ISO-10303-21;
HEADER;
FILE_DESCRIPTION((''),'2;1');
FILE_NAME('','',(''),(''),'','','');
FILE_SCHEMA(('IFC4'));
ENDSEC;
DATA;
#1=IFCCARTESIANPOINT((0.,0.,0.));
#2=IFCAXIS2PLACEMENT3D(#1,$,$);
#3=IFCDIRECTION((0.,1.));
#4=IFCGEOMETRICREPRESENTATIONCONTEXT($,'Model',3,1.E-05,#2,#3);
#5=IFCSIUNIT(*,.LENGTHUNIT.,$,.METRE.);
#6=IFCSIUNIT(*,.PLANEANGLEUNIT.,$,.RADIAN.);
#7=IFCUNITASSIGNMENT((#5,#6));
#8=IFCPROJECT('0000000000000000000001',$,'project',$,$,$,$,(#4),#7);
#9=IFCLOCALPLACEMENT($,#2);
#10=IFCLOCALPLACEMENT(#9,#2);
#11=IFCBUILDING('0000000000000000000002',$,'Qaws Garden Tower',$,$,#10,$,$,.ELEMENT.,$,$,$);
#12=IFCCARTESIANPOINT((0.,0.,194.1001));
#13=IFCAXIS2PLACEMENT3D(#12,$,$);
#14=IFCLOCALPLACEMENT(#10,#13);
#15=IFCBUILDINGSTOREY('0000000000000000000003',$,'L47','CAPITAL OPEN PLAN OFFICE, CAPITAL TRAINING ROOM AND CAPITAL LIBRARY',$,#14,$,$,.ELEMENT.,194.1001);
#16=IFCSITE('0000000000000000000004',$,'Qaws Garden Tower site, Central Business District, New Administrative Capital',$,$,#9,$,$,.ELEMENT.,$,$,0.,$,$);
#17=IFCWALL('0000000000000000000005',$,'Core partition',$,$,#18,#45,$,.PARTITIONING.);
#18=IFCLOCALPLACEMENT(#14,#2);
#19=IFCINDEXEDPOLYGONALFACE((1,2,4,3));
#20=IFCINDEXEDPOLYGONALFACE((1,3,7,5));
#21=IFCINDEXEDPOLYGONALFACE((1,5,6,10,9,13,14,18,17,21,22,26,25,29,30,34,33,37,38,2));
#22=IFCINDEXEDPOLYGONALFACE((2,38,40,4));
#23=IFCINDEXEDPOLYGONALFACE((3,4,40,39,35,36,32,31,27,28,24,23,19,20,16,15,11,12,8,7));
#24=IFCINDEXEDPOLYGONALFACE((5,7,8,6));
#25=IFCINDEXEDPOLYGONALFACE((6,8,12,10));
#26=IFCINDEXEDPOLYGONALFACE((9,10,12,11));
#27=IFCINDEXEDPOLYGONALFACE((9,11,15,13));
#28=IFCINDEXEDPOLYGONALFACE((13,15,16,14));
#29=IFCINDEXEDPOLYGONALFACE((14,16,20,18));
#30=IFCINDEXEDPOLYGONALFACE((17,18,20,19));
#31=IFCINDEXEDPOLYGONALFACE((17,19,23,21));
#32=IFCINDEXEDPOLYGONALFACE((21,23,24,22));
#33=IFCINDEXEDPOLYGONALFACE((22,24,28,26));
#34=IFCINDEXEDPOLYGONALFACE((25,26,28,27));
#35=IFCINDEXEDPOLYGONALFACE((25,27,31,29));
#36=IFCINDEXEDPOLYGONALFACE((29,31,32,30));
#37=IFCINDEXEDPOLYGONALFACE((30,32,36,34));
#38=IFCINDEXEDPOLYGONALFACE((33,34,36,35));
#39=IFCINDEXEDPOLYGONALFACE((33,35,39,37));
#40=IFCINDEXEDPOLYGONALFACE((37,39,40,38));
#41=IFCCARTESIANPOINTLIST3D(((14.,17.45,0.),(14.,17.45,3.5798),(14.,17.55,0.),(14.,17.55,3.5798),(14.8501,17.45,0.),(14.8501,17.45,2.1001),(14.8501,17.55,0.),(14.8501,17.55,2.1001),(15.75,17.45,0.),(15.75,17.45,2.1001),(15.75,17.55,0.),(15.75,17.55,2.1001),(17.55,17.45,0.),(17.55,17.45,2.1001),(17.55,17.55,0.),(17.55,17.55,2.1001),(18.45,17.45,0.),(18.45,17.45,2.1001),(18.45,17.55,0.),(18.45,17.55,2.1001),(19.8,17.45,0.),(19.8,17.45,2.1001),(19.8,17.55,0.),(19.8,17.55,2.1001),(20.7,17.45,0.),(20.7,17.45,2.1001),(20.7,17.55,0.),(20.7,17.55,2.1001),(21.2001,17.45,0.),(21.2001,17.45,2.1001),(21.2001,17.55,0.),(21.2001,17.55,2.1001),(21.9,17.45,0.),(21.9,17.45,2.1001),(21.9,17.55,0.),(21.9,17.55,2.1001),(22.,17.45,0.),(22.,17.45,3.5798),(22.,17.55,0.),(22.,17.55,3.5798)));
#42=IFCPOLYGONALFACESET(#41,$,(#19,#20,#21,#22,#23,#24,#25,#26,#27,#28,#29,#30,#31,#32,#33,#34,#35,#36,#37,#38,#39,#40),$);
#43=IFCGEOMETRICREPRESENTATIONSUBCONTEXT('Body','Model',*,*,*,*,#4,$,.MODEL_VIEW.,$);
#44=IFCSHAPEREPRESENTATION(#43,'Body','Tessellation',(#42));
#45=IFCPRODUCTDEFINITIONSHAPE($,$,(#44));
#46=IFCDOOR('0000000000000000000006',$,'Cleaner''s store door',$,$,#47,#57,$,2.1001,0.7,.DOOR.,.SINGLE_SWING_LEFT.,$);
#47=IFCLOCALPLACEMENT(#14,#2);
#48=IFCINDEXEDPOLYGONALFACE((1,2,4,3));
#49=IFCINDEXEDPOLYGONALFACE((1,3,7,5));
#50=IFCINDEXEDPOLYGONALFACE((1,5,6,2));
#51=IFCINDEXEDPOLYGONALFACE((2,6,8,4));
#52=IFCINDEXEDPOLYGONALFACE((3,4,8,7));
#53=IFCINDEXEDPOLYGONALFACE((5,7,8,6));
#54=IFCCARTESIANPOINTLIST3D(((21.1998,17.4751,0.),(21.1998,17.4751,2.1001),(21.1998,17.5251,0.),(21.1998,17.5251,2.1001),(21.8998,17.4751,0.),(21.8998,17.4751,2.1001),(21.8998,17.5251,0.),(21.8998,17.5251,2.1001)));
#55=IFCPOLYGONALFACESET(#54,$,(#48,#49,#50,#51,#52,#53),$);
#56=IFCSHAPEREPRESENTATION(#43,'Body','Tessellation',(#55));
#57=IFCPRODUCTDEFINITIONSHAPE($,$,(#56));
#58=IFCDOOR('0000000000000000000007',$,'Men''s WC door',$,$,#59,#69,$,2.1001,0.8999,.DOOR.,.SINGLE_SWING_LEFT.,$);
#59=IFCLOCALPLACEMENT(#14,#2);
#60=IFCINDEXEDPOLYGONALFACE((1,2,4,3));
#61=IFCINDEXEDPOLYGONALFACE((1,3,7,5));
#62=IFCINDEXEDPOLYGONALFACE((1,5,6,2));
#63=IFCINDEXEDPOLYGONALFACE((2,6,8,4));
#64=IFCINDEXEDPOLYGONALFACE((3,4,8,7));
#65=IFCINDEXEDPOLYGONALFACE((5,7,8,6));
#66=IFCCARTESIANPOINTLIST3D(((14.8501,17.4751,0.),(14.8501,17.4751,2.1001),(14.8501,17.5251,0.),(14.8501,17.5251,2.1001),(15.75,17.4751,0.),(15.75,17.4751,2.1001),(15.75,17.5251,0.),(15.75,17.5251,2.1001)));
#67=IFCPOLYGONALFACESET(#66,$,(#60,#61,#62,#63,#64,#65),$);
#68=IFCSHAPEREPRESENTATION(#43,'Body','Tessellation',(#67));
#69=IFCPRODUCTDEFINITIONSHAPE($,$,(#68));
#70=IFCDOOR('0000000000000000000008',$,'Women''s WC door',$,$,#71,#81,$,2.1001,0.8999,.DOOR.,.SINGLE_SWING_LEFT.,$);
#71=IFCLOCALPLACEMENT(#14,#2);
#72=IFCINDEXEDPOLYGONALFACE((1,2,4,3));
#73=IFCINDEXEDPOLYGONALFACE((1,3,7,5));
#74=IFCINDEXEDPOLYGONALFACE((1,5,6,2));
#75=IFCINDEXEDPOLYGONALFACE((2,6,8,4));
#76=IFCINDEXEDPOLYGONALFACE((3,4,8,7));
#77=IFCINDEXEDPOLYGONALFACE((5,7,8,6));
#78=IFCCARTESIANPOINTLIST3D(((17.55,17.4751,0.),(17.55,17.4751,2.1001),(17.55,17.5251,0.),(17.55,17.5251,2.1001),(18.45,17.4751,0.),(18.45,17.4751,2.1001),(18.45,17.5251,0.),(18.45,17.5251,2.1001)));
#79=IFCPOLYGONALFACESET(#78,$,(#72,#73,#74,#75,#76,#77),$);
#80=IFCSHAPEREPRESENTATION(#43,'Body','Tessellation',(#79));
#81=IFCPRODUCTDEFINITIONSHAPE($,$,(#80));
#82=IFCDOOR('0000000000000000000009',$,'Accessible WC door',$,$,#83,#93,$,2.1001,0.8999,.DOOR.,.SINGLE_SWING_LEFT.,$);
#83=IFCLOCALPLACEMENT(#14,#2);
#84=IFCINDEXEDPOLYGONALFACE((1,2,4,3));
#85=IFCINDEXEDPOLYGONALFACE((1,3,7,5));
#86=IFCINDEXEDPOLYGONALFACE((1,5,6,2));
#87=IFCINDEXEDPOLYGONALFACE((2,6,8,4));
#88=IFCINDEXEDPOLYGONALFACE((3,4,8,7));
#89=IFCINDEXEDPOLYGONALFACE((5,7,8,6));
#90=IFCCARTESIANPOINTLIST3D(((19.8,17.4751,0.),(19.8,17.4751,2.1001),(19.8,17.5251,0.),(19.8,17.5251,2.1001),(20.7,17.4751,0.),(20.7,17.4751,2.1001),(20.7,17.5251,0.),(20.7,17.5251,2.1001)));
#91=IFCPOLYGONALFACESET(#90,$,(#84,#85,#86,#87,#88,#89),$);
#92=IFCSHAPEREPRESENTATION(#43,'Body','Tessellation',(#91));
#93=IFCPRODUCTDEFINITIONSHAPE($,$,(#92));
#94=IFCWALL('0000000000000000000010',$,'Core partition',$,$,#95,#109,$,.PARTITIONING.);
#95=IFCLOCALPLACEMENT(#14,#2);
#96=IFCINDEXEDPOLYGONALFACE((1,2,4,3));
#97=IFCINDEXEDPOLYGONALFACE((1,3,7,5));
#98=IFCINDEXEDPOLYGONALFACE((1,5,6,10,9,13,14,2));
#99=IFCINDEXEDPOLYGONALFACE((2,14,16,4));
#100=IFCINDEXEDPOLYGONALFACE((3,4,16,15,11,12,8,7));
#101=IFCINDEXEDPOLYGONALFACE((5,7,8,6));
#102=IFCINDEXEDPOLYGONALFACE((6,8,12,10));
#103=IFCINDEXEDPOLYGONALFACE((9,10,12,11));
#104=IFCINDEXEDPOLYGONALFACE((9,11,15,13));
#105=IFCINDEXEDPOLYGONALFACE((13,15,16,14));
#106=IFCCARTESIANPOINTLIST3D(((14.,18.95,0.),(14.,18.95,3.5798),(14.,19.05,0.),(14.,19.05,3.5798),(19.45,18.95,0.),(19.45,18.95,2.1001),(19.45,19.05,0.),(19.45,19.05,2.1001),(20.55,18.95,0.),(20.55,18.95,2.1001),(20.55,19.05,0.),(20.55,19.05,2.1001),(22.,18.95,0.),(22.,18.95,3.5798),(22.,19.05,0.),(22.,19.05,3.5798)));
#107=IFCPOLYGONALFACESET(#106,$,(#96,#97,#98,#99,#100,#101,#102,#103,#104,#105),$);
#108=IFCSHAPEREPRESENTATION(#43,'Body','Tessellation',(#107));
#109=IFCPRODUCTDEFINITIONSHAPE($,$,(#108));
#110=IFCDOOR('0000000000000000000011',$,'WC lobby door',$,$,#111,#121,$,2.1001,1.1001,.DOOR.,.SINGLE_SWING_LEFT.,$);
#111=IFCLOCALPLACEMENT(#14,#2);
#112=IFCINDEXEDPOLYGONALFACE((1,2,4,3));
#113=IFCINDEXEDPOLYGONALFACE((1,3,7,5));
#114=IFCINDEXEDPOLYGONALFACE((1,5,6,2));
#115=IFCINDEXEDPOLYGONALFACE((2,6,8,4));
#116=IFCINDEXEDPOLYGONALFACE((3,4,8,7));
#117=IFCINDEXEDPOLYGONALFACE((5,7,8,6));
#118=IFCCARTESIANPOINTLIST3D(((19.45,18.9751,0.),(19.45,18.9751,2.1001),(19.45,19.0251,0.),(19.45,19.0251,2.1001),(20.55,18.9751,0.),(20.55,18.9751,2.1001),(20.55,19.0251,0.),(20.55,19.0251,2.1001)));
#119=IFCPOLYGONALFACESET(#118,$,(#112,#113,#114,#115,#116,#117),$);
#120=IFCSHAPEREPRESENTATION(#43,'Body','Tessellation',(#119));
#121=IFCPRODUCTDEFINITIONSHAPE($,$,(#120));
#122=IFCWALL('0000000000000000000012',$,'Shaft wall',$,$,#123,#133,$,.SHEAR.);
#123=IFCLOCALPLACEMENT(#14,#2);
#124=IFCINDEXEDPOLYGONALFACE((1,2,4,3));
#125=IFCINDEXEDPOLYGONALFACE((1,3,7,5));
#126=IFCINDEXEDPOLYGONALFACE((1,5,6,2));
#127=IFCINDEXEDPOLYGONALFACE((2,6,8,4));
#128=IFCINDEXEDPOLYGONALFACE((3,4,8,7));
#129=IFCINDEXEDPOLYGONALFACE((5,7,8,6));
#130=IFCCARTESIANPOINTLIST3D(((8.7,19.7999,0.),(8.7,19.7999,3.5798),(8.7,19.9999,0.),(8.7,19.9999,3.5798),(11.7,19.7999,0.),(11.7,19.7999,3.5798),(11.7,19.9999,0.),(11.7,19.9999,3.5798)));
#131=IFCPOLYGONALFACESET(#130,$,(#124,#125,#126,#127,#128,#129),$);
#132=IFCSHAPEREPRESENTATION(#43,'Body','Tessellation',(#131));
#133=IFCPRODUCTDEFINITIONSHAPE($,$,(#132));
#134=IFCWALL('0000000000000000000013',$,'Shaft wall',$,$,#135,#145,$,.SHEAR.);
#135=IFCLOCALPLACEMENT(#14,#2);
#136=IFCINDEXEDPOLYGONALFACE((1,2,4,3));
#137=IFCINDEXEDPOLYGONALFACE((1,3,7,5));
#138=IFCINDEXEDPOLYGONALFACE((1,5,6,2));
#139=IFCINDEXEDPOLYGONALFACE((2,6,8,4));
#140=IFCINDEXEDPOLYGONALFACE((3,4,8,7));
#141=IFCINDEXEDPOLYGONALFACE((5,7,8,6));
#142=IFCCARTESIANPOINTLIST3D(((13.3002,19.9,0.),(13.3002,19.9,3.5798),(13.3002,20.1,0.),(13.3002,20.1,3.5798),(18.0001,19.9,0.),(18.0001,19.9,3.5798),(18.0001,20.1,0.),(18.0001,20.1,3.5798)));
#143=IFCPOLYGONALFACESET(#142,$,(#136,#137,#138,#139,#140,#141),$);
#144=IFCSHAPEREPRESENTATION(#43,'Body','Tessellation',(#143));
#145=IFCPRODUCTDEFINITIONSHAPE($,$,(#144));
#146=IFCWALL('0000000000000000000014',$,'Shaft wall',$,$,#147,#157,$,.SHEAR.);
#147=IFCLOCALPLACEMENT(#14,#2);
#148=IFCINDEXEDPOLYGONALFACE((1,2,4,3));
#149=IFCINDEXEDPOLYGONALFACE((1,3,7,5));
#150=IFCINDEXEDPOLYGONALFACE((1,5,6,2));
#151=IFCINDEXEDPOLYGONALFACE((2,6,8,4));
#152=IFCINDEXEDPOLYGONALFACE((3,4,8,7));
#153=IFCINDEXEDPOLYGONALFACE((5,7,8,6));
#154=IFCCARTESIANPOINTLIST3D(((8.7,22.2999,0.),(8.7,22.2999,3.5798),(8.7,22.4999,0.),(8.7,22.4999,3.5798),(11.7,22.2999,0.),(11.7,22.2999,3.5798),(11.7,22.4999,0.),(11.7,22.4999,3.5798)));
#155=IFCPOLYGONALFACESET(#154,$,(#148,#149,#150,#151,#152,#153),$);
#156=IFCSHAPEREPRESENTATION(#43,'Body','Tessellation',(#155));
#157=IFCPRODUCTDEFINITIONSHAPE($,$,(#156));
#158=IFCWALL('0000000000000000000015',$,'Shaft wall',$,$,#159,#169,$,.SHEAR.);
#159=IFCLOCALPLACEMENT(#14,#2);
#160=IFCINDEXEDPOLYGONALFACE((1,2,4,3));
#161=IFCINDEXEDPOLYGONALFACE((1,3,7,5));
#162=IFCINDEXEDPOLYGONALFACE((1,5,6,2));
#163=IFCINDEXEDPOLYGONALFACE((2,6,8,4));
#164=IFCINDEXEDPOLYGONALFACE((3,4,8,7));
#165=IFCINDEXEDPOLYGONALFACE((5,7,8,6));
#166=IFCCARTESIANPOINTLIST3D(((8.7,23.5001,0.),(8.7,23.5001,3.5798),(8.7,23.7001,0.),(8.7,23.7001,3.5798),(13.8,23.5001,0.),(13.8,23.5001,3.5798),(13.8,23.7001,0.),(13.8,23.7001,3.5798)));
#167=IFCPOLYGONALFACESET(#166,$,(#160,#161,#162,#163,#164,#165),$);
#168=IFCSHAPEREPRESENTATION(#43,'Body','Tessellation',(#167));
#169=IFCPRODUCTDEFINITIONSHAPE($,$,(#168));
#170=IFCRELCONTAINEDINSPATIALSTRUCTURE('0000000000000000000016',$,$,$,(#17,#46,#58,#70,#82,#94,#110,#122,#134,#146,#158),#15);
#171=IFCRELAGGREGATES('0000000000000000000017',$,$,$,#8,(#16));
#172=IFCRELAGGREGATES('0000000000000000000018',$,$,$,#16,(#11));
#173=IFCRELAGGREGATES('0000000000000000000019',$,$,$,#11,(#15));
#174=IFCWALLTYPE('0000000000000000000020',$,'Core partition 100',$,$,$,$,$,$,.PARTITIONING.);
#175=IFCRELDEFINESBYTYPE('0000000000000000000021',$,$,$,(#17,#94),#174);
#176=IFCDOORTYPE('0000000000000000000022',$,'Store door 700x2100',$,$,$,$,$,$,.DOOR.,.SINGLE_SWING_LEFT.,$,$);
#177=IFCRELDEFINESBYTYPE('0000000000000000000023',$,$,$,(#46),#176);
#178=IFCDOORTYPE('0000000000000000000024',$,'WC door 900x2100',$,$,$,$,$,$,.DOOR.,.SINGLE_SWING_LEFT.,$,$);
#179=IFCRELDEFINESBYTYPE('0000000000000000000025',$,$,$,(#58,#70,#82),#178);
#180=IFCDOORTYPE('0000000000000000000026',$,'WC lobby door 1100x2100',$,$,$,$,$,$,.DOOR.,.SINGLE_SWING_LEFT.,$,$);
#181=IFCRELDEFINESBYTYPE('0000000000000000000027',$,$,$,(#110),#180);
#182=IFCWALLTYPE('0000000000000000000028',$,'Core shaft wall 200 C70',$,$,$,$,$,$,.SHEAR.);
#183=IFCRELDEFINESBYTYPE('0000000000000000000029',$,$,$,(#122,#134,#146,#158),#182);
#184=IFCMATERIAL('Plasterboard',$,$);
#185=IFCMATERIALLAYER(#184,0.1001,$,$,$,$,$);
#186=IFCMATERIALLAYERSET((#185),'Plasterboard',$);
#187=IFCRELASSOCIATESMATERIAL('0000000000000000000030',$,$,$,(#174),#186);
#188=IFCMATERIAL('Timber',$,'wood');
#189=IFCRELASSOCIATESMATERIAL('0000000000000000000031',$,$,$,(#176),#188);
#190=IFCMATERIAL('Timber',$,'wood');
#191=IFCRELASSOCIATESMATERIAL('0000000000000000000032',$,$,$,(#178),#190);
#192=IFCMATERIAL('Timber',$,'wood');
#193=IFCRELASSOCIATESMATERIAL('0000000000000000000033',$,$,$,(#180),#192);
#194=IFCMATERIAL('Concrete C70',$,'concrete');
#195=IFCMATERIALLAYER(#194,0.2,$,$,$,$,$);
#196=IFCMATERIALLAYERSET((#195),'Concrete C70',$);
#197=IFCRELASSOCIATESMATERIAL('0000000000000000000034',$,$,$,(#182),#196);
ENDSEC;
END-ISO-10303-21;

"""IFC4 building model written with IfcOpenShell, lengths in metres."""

from ifc_helpers import new_model, si_unit, direction, frame, frame_2d, origin, place, context, subcontext, project, spatial, rectangle, extrude, material, layer, layer_set, type_object, element, fill, save


model = new_model("IFC4")

# Units and contexts
model_context = context("Model", 3, precision=1e-05, world=origin(), true_north=direction((0.0, 1.0)))
body_context = subcontext(model_context, "Body", "Model", "MODEL_VIEW")
ifc_project = project(units=[si_unit("LENGTHUNIT", "METRE"), si_unit("PLANEANGLEUNIT", "RADIAN")], contexts=[model_context])

# Site, building, storey
site_placement = place(None, origin())
site = spatial("IfcSite", under=ifc_project, at=site_placement, Name="Qaws Garden Tower site, Central Business District, New Administrative Capital", CompositionType="ELEMENT", RefElevation=0.0)
building_placement = place(site_placement, origin())
building = spatial("IfcBuilding", under=site, at=building_placement, Name="Qaws Garden Tower", CompositionType="ELEMENT")
storey_placement = place(building_placement, frame((0.0, 0.0, 194.1001)))
storey = spatial("IfcBuildingStorey", under=building, at=storey_placement, Name="L47", Description="CAPITAL OPEN PLAN OFFICE, CAPITAL TRAINING ROOM AND CAPITAL LIBRARY", CompositionType="ELEMENT", Elevation=194.1001)

# Wall, openings, doors
ifc_material_1 = material(Name="Plasterboard")
ifc_layer_1 = layer(ifc_material_1, 0.1001)
ifc_layer_set_1 = layer_set([ifc_layer_1], Name="Plasterboard")
wall_type_1 = type_object("IfcWallType", Name="Core partition 100", PredefinedType="PARTITIONING", material=ifc_layer_set_1)
wall_1_placement = place(storey_placement, frame((14.0, 17.5, 0.0), z_axis=(0.0, 0.0, 1.0), x_axis=(1.0, 0.0, 0.0)))
wall_1 = element("IfcWall", 1, at=wall_1_placement, inside=storey, type_object=wall_type_1, Name="Core partition", PredefinedType="PARTITIONING", context=body_context, shape_type="SweptSolid", body=[
    extrude(rectangle(XDim=8.0, YDim=0.1001, at=frame_2d((4.0, 0.0))), origin(), (0.0, 0.0, 1.0), 3.5798),
])
opening_1_placement = place(wall_1_placement, frame((0.8501, 0.0, 0.0)))
opening_1 = element("IfcOpeningElement", 2, at=opening_1_placement, cuts=wall_1, PredefinedType="OPENING", context=body_context, shape_type="SweptSolid", body=[
    extrude(rectangle(XDim=0.8999, YDim=2.1001, at=frame_2d((0.45, 1.05))), frame((0.0, 0.0601, 0.0), z_axis=(0.0, -1.0, 0.0), x_axis=(1.0, 0.0, 0.0)), (0.0, 0.0, 1.0), 0.1201),
])
opening_2_placement = place(wall_1_placement, frame((3.55, 0.0, 0.0)))
opening_2 = element("IfcOpeningElement", 3, at=opening_2_placement, cuts=wall_1, PredefinedType="OPENING", context=body_context, shape_type="SweptSolid", body=[
    extrude(rectangle(XDim=0.8999, YDim=2.1001, at=frame_2d((0.45, 1.05))), frame((0.0, 0.0601, 0.0), z_axis=(0.0, -1.0, 0.0), x_axis=(1.0, 0.0, 0.0)), (0.0, 0.0, 1.0), 0.1201),
])
opening_3_placement = place(wall_1_placement, frame((5.8, 0.0, 0.0)))
opening_3 = element("IfcOpeningElement", 4, at=opening_3_placement, cuts=wall_1, PredefinedType="OPENING", context=body_context, shape_type="SweptSolid", body=[
    extrude(rectangle(XDim=0.8999, YDim=2.1001, at=frame_2d((0.45, 1.05))), frame((0.0, 0.0601, 0.0), z_axis=(0.0, -1.0, 0.0), x_axis=(1.0, 0.0, 0.0)), (0.0, 0.0, 1.0), 0.1201),
])
opening_4_placement = place(wall_1_placement, frame((7.2, 0.0, 0.0)))
opening_4 = element("IfcOpeningElement", 5, at=opening_4_placement, cuts=wall_1, PredefinedType="OPENING", context=body_context, shape_type="SweptSolid", body=[
    extrude(rectangle(XDim=0.7, YDim=2.1001, at=frame_2d((0.3501, 1.05))), frame((0.0, 0.0601, 0.0), z_axis=(0.0, -1.0, 0.0), x_axis=(1.0, 0.0, 0.0)), (0.0, 0.0, 1.0), 0.1201),
])
ifc_material_2 = material(Name="Timber", Category="wood")
door_type_1 = type_object("IfcDoorType", Name="Store door 700x2100", OperationType="SINGLE_SWING_LEFT", PredefinedType="DOOR", material=ifc_material_2)
door_1_placement = place(opening_4_placement, frame((0.7, 0.0, 0.0), z_axis=(0.0, 0.0, 1.0), x_axis=(-1.0, 0.0, 0.0)))
door_1 = element("IfcDoor", 6, at=door_1_placement, inside=storey, type_object=door_type_1, Name="Cleaner's store door", OperationType="SINGLE_SWING_LEFT", OverallHeight=2.1001, OverallWidth=0.7, PredefinedType="DOOR", context=body_context, shape_type="SweptSolid", body=[
    extrude(rectangle(XDim=0.7, YDim=2.1001, at=frame_2d((0.3501, 1.05))), frame((0.0, 0.0249, 0.0), z_axis=(0.0, -1.0, 0.0), x_axis=(1.0, 0.0, 0.0)), (0.0, 0.0, 1.0), 0.05),
])
fill(opening_4, door_1)
ifc_material_3 = material(Name="Timber", Category="wood")
door_type_2 = type_object("IfcDoorType", Name="WC door 900x2100", OperationType="SINGLE_SWING_LEFT", PredefinedType="DOOR", material=ifc_material_3)
door_2_placement = place(opening_1_placement, frame((0.8999, 0.0, 0.0), z_axis=(0.0, 0.0, 1.0), x_axis=(-1.0, 0.0, 0.0)))
door_2 = element("IfcDoor", 7, at=door_2_placement, inside=storey, type_object=door_type_2, Name="Men's WC door", OperationType="SINGLE_SWING_LEFT", OverallHeight=2.1001, OverallWidth=0.8999, PredefinedType="DOOR", context=body_context, shape_type="SweptSolid", body=[
    extrude(rectangle(XDim=0.8999, YDim=2.1001, at=frame_2d((0.45, 1.05))), frame((0.0, 0.0249, 0.0), z_axis=(0.0, -1.0, 0.0), x_axis=(1.0, 0.0, 0.0)), (0.0, 0.0, 1.0), 0.05),
])
fill(opening_1, door_2)
door_3_placement = place(opening_2_placement, frame((0.8999, 0.0, 0.0), z_axis=(0.0, 0.0, 1.0), x_axis=(-1.0, 0.0, 0.0)))
door_3 = element("IfcDoor", 8, at=door_3_placement, inside=storey, type_object=door_type_2, Name="Women's WC door", OperationType="SINGLE_SWING_LEFT", OverallHeight=2.1001, OverallWidth=0.8999, PredefinedType="DOOR", context=body_context, shape_type="SweptSolid", body=[
    extrude(rectangle(XDim=0.8999, YDim=2.1001, at=frame_2d((0.45, 1.05))), frame((0.0, 0.0249, 0.0), z_axis=(0.0, -1.0, 0.0), x_axis=(1.0, 0.0, 0.0)), (0.0, 0.0, 1.0), 0.05),
])
fill(opening_2, door_3)
door_4_placement = place(opening_3_placement, frame((0.8999, 0.0, 0.0), z_axis=(0.0, 0.0, 1.0), x_axis=(-1.0, 0.0, 0.0)))
door_4 = element("IfcDoor", 9, at=door_4_placement, inside=storey, type_object=door_type_2, Name="Accessible WC door", OperationType="SINGLE_SWING_LEFT", OverallHeight=2.1001, OverallWidth=0.8999, PredefinedType="DOOR", context=body_context, shape_type="SweptSolid", body=[
    extrude(rectangle(XDim=0.8999, YDim=2.1001, at=frame_2d((0.45, 1.05))), frame((0.0, 0.0249, 0.0), z_axis=(0.0, -1.0, 0.0), x_axis=(1.0, 0.0, 0.0)), (0.0, 0.0, 1.0), 0.05),
])
fill(opening_3, door_4)

# Wall, opening, door
wall_2_placement = place(storey_placement, frame((14.0, 19.0, 0.0), z_axis=(0.0, 0.0, 1.0), x_axis=(1.0, 0.0, 0.0)))
wall_2 = element("IfcWall", 10, at=wall_2_placement, inside=storey, type_object=wall_type_1, Name="Core partition", PredefinedType="PARTITIONING", context=body_context, shape_type="SweptSolid", body=[
    extrude(rectangle(XDim=8.0, YDim=0.1001, at=frame_2d((4.0, 0.0))), origin(), (0.0, 0.0, 1.0), 3.5798),
])
opening_5_placement = place(wall_2_placement, frame((5.45, 0.0, 0.0)))
opening_5 = element("IfcOpeningElement", 11, at=opening_5_placement, cuts=wall_2, PredefinedType="OPENING", context=body_context, shape_type="SweptSolid", body=[
    extrude(rectangle(XDim=1.1001, YDim=2.1001, at=frame_2d((0.55, 1.05))), frame((0.0, 0.0601, 0.0), z_axis=(0.0, -1.0, 0.0), x_axis=(1.0, 0.0, 0.0)), (0.0, 0.0, 1.0), 0.1201),
])
ifc_material_4 = material(Name="Timber", Category="wood")
door_type_3 = type_object("IfcDoorType", Name="WC lobby door 1100x2100", OperationType="SINGLE_SWING_LEFT", PredefinedType="DOOR", material=ifc_material_4)
door_5_placement = place(opening_5_placement, frame((1.1001, 0.0, 0.0), z_axis=(0.0, 0.0, 1.0), x_axis=(-1.0, 0.0, 0.0)))
door_5 = element("IfcDoor", 12, at=door_5_placement, inside=storey, type_object=door_type_3, Name="WC lobby door", OperationType="SINGLE_SWING_LEFT", OverallHeight=2.1001, OverallWidth=1.1001, PredefinedType="DOOR", context=body_context, shape_type="SweptSolid", body=[
    extrude(rectangle(XDim=1.1001, YDim=2.1001, at=frame_2d((0.55, 1.05))), frame((0.0, 0.0249, 0.0), z_axis=(0.0, -1.0, 0.0), x_axis=(1.0, 0.0, 0.0)), (0.0, 0.0, 1.0), 0.05),
])
fill(opening_5, door_5)

# Walls
ifc_material_5 = material(Name="Concrete C70", Category="concrete")
ifc_layer_2 = layer(ifc_material_5, 0.2)
ifc_layer_set_2 = layer_set([ifc_layer_2], Name="Concrete C70")
wall_type_2 = type_object("IfcWallType", Name="Core shaft wall 200 C70", PredefinedType="SHEAR", material=ifc_layer_set_2)
wall_3_placement = place(storey_placement, frame((8.7, 19.8999, 0.0), z_axis=(0.0, 0.0, 1.0), x_axis=(1.0, 0.0, 0.0)))
element("IfcWall", 13, at=wall_3_placement, inside=storey, type_object=wall_type_2, Name="Shaft wall", PredefinedType="SHEAR", context=body_context, shape_type="SweptSolid", body=[
    extrude(rectangle(XDim=3.0, YDim=0.2, at=frame_2d((1.5, 0.0))), origin(), (0.0, 0.0, 1.0), 3.5798),
])
wall_4_placement = place(storey_placement, frame((13.3, 20.0, 0.0), z_axis=(0.0, 0.0, 1.0), x_axis=(1.0, 0.0, 0.0)))
element("IfcWall", 14, at=wall_4_placement, inside=storey, type_object=wall_type_2, Name="Shaft wall", PredefinedType="SHEAR", context=body_context, shape_type="SweptSolid", body=[
    extrude(rectangle(XDim=4.7, YDim=0.2, at=frame_2d((2.3501, 0.0))), origin(), (0.0, 0.0, 1.0), 3.5798),
])
wall_5_placement = place(storey_placement, frame((8.7, 22.3999, 0.0), z_axis=(0.0, 0.0, 1.0), x_axis=(1.0, 0.0, 0.0)))
element("IfcWall", 15, at=wall_5_placement, inside=storey, type_object=wall_type_2, Name="Shaft wall", PredefinedType="SHEAR", context=body_context, shape_type="SweptSolid", body=[
    extrude(rectangle(XDim=3.0, YDim=0.2, at=frame_2d((1.5, 0.0))), origin(), (0.0, 0.0, 1.0), 3.5798),
])
wall_6_placement = place(storey_placement, frame((8.7, 23.6001, 0.0), z_axis=(0.0, 0.0, 1.0), x_axis=(1.0, 0.0, 0.0)))
element("IfcWall", 16, at=wall_6_placement, inside=storey, type_object=wall_type_2, Name="Shaft wall", PredefinedType="SHEAR", context=body_context, shape_type="SweptSolid", body=[
    extrude(rectangle(XDim=5.1001, YDim=0.2, at=frame_2d((2.55, 0.0))), origin(), (0.0, 0.0, 1.0), 3.5798),
])

save(model, "model.ifc")
